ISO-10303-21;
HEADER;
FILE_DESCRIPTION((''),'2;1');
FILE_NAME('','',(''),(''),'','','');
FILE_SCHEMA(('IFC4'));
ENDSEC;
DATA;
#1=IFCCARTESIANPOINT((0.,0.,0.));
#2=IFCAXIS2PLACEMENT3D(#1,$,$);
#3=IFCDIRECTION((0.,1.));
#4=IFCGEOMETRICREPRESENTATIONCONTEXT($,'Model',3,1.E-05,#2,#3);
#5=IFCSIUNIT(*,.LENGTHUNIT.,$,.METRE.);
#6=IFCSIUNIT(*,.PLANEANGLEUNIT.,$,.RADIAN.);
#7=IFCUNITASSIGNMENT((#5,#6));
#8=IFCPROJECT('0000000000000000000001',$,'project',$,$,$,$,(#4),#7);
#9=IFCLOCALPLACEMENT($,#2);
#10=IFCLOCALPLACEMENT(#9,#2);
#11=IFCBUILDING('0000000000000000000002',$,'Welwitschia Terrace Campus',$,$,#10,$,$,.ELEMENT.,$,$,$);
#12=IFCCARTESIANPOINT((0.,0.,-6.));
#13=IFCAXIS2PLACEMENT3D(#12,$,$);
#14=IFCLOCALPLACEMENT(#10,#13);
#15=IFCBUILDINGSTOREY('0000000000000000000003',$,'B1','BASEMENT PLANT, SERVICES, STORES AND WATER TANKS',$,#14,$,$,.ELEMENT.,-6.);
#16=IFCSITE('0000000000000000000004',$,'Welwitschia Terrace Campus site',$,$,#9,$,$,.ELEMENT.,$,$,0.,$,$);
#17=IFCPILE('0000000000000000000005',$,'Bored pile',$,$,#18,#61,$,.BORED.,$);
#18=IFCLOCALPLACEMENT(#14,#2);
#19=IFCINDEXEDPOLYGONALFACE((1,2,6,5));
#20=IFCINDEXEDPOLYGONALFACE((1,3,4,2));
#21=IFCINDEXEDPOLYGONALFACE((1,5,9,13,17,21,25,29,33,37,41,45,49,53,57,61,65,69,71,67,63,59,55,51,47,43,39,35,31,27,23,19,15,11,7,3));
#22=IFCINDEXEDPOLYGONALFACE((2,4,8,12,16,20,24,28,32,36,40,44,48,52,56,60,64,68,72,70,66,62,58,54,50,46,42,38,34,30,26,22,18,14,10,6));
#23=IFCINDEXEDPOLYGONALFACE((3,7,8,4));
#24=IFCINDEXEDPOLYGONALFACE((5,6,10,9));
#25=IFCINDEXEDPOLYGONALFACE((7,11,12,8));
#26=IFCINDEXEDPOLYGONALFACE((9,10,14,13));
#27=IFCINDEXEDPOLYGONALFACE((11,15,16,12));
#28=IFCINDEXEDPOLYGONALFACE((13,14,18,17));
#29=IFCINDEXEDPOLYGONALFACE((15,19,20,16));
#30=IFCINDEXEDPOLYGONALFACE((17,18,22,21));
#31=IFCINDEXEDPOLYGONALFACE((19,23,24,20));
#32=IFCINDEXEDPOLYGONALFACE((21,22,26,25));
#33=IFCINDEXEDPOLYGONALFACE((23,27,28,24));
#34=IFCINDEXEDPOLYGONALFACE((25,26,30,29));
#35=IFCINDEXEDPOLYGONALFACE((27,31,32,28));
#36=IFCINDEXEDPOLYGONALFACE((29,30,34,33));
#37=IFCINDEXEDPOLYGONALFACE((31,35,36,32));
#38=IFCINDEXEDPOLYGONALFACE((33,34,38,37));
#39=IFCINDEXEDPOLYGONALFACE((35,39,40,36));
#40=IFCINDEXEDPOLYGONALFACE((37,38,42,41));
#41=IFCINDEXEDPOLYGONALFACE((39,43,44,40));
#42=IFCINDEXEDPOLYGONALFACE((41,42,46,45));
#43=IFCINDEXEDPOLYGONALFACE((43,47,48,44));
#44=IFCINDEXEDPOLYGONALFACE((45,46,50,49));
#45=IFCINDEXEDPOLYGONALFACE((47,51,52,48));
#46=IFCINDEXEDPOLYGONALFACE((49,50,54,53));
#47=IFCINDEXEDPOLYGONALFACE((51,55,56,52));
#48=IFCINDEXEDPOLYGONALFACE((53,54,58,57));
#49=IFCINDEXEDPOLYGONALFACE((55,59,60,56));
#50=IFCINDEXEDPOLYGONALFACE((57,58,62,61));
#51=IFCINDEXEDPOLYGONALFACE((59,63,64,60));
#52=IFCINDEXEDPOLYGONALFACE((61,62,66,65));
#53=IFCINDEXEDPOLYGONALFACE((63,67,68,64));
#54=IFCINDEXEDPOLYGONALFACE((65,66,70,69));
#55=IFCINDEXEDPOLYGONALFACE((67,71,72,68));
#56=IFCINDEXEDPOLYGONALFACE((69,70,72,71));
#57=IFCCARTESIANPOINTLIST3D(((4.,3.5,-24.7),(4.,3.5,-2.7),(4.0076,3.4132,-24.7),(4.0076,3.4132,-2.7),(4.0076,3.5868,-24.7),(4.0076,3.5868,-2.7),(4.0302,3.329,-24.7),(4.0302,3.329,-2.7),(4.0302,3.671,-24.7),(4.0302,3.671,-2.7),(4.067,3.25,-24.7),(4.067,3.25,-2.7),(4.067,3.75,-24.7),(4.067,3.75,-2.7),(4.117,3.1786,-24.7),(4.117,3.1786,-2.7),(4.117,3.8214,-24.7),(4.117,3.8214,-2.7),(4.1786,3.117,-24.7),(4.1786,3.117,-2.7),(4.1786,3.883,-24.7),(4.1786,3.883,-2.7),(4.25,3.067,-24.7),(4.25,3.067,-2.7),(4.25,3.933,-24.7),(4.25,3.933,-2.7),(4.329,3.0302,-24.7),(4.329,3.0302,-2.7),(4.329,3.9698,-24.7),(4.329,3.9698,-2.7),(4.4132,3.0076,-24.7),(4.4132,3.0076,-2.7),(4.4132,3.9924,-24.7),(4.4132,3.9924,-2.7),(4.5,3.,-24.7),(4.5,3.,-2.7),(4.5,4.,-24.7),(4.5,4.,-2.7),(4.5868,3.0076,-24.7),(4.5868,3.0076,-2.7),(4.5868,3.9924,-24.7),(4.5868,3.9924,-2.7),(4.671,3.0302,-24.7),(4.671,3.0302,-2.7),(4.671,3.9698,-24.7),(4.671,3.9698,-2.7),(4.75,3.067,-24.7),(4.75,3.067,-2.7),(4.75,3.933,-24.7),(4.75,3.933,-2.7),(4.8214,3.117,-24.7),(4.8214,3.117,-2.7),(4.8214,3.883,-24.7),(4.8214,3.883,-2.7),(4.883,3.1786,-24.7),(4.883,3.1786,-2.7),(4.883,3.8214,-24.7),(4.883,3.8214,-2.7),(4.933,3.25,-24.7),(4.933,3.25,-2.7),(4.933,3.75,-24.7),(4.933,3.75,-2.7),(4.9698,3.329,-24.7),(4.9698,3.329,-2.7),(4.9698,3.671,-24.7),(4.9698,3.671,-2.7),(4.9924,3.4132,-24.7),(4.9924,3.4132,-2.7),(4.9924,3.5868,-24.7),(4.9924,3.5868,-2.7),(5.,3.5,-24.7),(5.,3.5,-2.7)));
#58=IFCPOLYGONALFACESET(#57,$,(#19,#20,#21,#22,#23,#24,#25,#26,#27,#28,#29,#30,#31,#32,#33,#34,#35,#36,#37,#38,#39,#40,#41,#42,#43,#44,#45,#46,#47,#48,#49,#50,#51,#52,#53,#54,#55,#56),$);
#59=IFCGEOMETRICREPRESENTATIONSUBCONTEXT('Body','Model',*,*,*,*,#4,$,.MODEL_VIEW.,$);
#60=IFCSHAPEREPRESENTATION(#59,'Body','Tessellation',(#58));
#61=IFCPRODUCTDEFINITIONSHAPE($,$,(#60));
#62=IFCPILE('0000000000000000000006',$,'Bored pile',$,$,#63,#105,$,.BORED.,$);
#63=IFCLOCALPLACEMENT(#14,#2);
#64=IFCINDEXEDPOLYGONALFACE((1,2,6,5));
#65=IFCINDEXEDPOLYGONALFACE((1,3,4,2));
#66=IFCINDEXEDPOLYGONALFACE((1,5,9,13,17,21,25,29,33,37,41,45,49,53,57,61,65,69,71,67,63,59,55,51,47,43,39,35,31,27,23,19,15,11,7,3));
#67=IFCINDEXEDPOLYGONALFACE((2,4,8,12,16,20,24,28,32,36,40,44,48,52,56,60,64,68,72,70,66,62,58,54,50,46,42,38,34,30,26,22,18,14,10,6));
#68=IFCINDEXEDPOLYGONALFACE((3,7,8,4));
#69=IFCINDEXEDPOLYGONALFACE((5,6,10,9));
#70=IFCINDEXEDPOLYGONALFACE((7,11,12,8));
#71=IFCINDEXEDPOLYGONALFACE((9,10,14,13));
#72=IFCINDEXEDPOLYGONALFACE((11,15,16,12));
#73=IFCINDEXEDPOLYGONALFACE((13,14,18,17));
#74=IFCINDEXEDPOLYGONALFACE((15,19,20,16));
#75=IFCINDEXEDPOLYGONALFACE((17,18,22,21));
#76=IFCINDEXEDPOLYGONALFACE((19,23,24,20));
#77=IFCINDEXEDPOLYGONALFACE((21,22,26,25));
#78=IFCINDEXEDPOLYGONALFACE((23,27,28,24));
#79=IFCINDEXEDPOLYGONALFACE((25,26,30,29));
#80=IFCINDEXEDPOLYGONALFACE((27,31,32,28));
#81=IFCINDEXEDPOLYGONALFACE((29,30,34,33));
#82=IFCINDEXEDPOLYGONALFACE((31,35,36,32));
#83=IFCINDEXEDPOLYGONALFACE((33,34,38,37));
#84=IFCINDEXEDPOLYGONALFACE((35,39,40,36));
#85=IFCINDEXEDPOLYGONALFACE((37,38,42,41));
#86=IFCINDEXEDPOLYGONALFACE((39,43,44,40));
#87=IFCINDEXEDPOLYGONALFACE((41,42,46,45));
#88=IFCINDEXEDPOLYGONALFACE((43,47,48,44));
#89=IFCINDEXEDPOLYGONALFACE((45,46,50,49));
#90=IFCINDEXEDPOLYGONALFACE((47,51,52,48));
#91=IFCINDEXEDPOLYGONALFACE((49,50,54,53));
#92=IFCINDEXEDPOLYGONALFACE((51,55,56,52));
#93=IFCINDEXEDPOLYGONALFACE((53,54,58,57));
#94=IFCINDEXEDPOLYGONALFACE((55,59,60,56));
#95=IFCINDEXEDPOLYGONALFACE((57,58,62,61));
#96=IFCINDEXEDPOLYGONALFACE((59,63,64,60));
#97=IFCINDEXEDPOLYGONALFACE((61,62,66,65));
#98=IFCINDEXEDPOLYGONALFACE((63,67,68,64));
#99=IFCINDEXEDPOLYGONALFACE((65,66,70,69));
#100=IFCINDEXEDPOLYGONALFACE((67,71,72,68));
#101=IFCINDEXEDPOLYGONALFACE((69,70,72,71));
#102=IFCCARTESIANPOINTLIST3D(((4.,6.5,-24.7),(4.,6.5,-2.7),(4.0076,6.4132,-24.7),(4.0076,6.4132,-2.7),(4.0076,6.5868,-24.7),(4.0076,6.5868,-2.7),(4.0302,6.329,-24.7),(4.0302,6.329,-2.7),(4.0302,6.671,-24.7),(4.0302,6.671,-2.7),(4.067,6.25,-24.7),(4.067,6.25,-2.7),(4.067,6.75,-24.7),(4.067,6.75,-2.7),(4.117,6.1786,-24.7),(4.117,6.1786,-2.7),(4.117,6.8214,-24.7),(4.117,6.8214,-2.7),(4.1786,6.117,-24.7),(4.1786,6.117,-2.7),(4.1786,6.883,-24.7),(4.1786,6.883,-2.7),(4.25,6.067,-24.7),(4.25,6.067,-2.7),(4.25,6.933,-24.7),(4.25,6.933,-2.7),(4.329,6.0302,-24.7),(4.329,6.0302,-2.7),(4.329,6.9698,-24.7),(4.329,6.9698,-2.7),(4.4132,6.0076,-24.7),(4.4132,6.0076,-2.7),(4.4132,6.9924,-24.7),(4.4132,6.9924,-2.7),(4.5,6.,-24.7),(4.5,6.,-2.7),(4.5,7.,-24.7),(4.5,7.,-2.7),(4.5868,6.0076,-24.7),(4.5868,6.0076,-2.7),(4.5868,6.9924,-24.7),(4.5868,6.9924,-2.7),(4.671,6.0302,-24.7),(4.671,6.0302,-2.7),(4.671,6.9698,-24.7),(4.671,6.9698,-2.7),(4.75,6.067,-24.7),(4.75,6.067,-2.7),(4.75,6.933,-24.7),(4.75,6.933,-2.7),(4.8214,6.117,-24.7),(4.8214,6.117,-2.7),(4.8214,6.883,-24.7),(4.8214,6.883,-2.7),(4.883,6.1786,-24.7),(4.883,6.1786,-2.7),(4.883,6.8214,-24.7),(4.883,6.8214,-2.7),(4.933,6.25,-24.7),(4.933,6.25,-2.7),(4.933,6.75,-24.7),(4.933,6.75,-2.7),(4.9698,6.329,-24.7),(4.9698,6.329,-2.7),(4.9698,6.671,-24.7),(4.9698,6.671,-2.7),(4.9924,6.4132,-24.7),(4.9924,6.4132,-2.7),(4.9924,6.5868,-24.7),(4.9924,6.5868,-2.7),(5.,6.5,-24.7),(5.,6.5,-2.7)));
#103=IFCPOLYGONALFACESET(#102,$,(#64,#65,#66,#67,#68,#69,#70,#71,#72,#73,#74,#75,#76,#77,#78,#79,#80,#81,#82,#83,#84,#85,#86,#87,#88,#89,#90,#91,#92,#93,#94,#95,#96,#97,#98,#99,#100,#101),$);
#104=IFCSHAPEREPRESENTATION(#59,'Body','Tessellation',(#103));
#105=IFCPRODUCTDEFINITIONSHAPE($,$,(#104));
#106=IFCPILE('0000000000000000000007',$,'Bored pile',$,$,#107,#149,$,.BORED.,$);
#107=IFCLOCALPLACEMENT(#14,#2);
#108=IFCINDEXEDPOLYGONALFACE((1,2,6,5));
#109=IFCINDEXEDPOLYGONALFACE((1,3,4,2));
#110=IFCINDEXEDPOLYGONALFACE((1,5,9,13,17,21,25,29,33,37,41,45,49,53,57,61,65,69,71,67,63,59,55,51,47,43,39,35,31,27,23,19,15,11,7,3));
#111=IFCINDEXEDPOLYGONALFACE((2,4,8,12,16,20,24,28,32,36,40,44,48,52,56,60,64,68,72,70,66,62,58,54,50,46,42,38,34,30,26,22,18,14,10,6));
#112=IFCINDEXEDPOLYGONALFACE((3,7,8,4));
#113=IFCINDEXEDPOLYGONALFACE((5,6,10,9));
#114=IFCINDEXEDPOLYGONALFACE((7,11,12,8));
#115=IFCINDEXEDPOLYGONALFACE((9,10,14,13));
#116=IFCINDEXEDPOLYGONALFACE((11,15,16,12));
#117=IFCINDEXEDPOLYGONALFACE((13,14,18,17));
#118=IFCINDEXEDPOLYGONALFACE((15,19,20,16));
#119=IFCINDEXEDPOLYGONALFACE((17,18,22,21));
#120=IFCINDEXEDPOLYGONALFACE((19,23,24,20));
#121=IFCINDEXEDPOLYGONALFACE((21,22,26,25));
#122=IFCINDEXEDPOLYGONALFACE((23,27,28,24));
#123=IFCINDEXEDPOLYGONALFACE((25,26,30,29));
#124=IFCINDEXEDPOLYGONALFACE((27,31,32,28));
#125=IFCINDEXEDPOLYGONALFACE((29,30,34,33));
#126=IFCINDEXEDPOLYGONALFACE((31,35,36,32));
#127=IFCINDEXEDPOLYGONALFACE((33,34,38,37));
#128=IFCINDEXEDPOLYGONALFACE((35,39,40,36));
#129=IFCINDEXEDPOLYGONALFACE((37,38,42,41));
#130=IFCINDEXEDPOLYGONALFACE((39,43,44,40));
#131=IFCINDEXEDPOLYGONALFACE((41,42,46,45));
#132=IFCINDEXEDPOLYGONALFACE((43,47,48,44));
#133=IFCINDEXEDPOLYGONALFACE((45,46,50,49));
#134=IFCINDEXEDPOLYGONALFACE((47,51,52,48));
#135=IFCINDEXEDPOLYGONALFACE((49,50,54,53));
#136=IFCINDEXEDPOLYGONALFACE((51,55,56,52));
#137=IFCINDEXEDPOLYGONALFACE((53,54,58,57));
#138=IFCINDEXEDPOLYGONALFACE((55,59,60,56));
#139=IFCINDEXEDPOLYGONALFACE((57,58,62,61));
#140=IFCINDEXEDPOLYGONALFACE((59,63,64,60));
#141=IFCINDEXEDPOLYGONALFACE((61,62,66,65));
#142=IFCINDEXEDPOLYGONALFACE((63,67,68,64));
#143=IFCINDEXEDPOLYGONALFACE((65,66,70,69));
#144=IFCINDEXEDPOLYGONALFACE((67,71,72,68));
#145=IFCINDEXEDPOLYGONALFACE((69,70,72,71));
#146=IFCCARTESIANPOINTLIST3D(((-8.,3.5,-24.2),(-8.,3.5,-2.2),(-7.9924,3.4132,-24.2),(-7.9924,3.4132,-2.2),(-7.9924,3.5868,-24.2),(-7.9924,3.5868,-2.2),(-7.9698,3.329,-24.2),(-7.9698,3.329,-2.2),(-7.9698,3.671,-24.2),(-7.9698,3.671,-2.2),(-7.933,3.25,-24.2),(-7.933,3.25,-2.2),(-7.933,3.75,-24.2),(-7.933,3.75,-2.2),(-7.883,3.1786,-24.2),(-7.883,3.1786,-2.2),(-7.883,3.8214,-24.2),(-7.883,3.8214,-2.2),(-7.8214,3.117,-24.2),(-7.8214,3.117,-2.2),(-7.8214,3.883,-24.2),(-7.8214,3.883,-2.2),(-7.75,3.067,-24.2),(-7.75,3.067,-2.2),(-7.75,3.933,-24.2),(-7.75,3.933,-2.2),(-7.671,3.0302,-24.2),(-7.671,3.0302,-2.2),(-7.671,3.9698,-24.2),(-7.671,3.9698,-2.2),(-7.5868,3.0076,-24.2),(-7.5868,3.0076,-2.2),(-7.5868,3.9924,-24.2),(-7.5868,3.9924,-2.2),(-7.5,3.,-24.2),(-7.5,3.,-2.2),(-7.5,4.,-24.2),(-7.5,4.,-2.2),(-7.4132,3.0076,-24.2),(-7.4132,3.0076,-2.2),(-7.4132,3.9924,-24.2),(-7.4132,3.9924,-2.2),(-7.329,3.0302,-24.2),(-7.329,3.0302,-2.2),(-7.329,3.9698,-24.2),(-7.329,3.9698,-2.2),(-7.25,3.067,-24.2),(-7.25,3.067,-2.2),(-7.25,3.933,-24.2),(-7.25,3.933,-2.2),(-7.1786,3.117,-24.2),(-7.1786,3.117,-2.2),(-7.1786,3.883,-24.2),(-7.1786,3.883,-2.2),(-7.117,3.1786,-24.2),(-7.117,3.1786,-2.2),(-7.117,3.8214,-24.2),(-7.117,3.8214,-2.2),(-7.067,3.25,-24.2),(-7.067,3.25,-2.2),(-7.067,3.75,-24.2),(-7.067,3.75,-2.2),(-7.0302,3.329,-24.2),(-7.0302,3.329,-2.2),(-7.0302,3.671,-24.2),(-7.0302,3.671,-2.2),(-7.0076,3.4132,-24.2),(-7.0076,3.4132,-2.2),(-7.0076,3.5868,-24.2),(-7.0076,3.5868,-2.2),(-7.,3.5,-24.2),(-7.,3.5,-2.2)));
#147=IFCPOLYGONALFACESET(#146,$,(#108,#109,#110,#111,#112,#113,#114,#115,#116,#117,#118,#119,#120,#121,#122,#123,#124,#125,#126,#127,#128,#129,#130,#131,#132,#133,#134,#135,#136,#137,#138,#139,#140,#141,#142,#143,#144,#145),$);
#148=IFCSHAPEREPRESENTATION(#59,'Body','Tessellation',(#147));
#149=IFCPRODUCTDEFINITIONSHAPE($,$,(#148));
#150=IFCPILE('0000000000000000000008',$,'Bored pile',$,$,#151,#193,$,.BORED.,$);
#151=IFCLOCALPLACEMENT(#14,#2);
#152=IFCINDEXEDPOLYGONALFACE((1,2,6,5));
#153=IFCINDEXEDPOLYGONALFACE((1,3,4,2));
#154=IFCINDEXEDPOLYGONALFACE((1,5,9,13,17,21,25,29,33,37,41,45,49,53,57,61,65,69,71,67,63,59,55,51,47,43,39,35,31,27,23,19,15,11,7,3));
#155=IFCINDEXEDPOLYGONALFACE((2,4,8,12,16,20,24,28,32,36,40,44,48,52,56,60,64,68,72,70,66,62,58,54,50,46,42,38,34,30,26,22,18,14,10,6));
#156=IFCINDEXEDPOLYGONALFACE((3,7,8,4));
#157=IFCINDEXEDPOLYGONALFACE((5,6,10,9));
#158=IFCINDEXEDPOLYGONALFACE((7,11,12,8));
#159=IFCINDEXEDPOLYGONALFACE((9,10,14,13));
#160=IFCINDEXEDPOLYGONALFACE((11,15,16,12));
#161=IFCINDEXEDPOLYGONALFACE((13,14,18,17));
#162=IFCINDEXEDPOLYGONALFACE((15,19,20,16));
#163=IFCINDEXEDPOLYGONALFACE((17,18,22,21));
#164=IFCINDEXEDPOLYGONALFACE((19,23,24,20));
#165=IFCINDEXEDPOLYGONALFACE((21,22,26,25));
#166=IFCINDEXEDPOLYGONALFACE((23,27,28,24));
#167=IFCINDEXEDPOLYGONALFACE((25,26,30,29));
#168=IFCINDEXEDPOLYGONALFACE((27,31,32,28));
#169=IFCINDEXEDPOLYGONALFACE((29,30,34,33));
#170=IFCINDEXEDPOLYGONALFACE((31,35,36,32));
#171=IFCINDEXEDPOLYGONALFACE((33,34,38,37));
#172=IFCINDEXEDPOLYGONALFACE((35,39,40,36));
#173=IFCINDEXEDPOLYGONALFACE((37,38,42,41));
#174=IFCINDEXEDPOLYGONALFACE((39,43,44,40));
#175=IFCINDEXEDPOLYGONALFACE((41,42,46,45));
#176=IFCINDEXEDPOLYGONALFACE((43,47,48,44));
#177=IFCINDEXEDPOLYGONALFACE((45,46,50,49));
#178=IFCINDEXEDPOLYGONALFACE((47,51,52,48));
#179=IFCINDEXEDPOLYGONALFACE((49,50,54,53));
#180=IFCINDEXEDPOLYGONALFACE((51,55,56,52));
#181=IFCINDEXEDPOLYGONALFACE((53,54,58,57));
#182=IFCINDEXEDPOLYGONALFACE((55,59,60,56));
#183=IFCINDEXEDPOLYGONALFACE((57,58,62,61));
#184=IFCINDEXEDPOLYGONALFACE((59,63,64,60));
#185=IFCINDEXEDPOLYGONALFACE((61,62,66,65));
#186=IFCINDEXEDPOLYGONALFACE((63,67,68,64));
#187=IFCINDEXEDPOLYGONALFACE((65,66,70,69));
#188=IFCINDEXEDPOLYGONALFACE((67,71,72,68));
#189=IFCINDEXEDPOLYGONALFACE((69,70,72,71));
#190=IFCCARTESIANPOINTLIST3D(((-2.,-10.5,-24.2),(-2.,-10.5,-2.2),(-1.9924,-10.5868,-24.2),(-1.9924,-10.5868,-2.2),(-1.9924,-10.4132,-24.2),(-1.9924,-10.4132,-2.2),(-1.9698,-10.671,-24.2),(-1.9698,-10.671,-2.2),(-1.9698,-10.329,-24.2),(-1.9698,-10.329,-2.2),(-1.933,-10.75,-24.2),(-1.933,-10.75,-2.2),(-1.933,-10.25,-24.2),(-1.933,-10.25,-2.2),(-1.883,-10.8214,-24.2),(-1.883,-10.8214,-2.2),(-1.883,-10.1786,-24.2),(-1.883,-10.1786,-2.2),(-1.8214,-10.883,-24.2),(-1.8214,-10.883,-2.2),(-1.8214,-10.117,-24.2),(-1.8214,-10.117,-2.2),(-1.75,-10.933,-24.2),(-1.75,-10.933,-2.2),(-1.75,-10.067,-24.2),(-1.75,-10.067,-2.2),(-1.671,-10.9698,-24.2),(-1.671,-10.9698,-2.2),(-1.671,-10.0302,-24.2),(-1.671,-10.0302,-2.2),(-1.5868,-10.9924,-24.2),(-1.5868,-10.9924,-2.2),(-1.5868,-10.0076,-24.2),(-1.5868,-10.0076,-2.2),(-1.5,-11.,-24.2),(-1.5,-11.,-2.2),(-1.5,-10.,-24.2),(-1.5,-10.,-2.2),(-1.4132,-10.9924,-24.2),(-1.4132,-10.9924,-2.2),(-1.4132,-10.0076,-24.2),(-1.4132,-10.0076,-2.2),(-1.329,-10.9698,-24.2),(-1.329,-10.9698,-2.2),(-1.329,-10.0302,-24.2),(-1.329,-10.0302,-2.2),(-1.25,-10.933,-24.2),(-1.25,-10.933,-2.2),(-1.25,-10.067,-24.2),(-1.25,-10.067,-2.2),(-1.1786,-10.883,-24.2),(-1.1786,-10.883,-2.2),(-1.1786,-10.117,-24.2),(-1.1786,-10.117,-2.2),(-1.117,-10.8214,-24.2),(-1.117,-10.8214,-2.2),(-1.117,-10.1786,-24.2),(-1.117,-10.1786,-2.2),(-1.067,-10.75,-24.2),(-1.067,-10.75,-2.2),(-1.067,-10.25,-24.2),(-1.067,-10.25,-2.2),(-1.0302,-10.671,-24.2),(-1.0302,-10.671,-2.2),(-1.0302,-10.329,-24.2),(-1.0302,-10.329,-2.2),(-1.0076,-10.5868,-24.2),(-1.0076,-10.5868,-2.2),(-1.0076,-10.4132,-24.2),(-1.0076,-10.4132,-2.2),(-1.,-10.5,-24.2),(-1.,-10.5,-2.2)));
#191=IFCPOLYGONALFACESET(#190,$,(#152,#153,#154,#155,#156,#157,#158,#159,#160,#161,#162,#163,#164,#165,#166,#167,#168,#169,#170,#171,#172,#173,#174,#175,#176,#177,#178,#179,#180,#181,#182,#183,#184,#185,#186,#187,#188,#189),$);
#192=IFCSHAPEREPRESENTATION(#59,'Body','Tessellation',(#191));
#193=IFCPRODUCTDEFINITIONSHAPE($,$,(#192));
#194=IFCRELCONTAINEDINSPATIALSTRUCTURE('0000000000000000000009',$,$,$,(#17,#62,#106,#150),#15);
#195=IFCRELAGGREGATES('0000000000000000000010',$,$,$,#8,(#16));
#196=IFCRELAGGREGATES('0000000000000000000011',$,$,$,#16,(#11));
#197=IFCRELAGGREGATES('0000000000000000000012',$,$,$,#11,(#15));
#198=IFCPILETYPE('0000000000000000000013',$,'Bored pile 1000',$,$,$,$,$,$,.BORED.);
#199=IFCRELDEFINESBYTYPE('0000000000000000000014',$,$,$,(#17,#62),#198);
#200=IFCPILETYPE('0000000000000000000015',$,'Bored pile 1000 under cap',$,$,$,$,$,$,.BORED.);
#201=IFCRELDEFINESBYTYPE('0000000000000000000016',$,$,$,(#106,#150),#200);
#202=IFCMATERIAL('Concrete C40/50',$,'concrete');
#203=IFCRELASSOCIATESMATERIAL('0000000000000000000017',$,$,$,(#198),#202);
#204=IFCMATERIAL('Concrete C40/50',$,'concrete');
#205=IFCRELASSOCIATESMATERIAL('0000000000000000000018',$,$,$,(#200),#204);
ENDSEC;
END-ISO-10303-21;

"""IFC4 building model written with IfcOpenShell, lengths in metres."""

from ifc_helpers import new_model, si_unit, direction, frame, origin, origin_2d, place, context, subcontext, project, spatial, circle, extrude, material, type_object, element, save


model = new_model("IFC4")

# Units and contexts
model_context = context("Model", 3, precision=1e-05, world=origin(), true_north=direction((0.0, 1.0)))
body_context = subcontext(model_context, "Body", "Model", "MODEL_VIEW")
ifc_project = project(units=[si_unit("LENGTHUNIT", "METRE"), si_unit("PLANEANGLEUNIT", "RADIAN")], contexts=[model_context])

# Site, building, storey
site_placement = place(None, origin())
site = spatial("IfcSite", under=ifc_project, at=site_placement, Name="Welwitschia Terrace Campus site", CompositionType="ELEMENT", RefElevation=0.0)
building_placement = place(site_placement, origin())
building = spatial("IfcBuilding", under=site, at=building_placement, Name="Welwitschia Terrace Campus", CompositionType="ELEMENT")
storey_placement = place(building_placement, frame((0.0, 0.0, -6.0)))
storey = spatial("IfcBuildingStorey", under=building, at=storey_placement, Name="B1", Description="BASEMENT PLANT, SERVICES, STORES AND WATER TANKS", CompositionType="ELEMENT", Elevation=-6.0)

# Piles
ifc_material_1 = material(Name="Concrete C40/50", Category="concrete")
pile_type_1 = type_object("IfcPileType", Name="Bored pile 1000", PredefinedType="BORED", material=ifc_material_1)
for number, where, z_axis, x_axis, name in (
    (1, (4.5, 3.5, -2.7), (0.0, 0.0, -1.0), (1.0, 0.0, 0.0), "Bored pile"),
    (2, (4.5, 6.5, -2.7), (0.0, 0.0, -1.0), (1.0, 0.0, 0.0), "Bored pile"),
):
    element("IfcPile", number, at=place(storey_placement, frame(where, z_axis=z_axis, x_axis=x_axis)), inside=storey, type_object=pile_type_1, Name=name, PredefinedType="BORED", context=body_context, shape_type="SweptSolid", body=[
        extrude(circle(Radius=0.5, at=origin_2d()), origin(), (0.0, 0.0, 1.0), 22.0),
    ])
ifc_material_2 = material(Name="Concrete C40/50", Category="concrete")
pile_type_2 = type_object("IfcPileType", Name="Bored pile 1000 under cap", PredefinedType="BORED", material=ifc_material_2)
for number, where, z_axis, x_axis, name in (
    (3, (-7.5, 3.5, -2.2), (0.0, 0.0, -1.0), (1.0, 0.0, 0.0), "Bored pile"),
    (4, (-1.5, -10.5, -2.2), (0.0, 0.0, -1.0), (1.0, 0.0, 0.0), "Bored pile"),
):
    element("IfcPile", number, at=place(storey_placement, frame(where, z_axis=z_axis, x_axis=x_axis)), inside=storey, type_object=pile_type_2, Name=name, PredefinedType="BORED", context=body_context, shape_type="SweptSolid", body=[
        extrude(circle(Radius=0.5, at=origin_2d()), origin(), (0.0, 0.0, 1.0), 22.0),
    ])

save(model, "model.ifc")
